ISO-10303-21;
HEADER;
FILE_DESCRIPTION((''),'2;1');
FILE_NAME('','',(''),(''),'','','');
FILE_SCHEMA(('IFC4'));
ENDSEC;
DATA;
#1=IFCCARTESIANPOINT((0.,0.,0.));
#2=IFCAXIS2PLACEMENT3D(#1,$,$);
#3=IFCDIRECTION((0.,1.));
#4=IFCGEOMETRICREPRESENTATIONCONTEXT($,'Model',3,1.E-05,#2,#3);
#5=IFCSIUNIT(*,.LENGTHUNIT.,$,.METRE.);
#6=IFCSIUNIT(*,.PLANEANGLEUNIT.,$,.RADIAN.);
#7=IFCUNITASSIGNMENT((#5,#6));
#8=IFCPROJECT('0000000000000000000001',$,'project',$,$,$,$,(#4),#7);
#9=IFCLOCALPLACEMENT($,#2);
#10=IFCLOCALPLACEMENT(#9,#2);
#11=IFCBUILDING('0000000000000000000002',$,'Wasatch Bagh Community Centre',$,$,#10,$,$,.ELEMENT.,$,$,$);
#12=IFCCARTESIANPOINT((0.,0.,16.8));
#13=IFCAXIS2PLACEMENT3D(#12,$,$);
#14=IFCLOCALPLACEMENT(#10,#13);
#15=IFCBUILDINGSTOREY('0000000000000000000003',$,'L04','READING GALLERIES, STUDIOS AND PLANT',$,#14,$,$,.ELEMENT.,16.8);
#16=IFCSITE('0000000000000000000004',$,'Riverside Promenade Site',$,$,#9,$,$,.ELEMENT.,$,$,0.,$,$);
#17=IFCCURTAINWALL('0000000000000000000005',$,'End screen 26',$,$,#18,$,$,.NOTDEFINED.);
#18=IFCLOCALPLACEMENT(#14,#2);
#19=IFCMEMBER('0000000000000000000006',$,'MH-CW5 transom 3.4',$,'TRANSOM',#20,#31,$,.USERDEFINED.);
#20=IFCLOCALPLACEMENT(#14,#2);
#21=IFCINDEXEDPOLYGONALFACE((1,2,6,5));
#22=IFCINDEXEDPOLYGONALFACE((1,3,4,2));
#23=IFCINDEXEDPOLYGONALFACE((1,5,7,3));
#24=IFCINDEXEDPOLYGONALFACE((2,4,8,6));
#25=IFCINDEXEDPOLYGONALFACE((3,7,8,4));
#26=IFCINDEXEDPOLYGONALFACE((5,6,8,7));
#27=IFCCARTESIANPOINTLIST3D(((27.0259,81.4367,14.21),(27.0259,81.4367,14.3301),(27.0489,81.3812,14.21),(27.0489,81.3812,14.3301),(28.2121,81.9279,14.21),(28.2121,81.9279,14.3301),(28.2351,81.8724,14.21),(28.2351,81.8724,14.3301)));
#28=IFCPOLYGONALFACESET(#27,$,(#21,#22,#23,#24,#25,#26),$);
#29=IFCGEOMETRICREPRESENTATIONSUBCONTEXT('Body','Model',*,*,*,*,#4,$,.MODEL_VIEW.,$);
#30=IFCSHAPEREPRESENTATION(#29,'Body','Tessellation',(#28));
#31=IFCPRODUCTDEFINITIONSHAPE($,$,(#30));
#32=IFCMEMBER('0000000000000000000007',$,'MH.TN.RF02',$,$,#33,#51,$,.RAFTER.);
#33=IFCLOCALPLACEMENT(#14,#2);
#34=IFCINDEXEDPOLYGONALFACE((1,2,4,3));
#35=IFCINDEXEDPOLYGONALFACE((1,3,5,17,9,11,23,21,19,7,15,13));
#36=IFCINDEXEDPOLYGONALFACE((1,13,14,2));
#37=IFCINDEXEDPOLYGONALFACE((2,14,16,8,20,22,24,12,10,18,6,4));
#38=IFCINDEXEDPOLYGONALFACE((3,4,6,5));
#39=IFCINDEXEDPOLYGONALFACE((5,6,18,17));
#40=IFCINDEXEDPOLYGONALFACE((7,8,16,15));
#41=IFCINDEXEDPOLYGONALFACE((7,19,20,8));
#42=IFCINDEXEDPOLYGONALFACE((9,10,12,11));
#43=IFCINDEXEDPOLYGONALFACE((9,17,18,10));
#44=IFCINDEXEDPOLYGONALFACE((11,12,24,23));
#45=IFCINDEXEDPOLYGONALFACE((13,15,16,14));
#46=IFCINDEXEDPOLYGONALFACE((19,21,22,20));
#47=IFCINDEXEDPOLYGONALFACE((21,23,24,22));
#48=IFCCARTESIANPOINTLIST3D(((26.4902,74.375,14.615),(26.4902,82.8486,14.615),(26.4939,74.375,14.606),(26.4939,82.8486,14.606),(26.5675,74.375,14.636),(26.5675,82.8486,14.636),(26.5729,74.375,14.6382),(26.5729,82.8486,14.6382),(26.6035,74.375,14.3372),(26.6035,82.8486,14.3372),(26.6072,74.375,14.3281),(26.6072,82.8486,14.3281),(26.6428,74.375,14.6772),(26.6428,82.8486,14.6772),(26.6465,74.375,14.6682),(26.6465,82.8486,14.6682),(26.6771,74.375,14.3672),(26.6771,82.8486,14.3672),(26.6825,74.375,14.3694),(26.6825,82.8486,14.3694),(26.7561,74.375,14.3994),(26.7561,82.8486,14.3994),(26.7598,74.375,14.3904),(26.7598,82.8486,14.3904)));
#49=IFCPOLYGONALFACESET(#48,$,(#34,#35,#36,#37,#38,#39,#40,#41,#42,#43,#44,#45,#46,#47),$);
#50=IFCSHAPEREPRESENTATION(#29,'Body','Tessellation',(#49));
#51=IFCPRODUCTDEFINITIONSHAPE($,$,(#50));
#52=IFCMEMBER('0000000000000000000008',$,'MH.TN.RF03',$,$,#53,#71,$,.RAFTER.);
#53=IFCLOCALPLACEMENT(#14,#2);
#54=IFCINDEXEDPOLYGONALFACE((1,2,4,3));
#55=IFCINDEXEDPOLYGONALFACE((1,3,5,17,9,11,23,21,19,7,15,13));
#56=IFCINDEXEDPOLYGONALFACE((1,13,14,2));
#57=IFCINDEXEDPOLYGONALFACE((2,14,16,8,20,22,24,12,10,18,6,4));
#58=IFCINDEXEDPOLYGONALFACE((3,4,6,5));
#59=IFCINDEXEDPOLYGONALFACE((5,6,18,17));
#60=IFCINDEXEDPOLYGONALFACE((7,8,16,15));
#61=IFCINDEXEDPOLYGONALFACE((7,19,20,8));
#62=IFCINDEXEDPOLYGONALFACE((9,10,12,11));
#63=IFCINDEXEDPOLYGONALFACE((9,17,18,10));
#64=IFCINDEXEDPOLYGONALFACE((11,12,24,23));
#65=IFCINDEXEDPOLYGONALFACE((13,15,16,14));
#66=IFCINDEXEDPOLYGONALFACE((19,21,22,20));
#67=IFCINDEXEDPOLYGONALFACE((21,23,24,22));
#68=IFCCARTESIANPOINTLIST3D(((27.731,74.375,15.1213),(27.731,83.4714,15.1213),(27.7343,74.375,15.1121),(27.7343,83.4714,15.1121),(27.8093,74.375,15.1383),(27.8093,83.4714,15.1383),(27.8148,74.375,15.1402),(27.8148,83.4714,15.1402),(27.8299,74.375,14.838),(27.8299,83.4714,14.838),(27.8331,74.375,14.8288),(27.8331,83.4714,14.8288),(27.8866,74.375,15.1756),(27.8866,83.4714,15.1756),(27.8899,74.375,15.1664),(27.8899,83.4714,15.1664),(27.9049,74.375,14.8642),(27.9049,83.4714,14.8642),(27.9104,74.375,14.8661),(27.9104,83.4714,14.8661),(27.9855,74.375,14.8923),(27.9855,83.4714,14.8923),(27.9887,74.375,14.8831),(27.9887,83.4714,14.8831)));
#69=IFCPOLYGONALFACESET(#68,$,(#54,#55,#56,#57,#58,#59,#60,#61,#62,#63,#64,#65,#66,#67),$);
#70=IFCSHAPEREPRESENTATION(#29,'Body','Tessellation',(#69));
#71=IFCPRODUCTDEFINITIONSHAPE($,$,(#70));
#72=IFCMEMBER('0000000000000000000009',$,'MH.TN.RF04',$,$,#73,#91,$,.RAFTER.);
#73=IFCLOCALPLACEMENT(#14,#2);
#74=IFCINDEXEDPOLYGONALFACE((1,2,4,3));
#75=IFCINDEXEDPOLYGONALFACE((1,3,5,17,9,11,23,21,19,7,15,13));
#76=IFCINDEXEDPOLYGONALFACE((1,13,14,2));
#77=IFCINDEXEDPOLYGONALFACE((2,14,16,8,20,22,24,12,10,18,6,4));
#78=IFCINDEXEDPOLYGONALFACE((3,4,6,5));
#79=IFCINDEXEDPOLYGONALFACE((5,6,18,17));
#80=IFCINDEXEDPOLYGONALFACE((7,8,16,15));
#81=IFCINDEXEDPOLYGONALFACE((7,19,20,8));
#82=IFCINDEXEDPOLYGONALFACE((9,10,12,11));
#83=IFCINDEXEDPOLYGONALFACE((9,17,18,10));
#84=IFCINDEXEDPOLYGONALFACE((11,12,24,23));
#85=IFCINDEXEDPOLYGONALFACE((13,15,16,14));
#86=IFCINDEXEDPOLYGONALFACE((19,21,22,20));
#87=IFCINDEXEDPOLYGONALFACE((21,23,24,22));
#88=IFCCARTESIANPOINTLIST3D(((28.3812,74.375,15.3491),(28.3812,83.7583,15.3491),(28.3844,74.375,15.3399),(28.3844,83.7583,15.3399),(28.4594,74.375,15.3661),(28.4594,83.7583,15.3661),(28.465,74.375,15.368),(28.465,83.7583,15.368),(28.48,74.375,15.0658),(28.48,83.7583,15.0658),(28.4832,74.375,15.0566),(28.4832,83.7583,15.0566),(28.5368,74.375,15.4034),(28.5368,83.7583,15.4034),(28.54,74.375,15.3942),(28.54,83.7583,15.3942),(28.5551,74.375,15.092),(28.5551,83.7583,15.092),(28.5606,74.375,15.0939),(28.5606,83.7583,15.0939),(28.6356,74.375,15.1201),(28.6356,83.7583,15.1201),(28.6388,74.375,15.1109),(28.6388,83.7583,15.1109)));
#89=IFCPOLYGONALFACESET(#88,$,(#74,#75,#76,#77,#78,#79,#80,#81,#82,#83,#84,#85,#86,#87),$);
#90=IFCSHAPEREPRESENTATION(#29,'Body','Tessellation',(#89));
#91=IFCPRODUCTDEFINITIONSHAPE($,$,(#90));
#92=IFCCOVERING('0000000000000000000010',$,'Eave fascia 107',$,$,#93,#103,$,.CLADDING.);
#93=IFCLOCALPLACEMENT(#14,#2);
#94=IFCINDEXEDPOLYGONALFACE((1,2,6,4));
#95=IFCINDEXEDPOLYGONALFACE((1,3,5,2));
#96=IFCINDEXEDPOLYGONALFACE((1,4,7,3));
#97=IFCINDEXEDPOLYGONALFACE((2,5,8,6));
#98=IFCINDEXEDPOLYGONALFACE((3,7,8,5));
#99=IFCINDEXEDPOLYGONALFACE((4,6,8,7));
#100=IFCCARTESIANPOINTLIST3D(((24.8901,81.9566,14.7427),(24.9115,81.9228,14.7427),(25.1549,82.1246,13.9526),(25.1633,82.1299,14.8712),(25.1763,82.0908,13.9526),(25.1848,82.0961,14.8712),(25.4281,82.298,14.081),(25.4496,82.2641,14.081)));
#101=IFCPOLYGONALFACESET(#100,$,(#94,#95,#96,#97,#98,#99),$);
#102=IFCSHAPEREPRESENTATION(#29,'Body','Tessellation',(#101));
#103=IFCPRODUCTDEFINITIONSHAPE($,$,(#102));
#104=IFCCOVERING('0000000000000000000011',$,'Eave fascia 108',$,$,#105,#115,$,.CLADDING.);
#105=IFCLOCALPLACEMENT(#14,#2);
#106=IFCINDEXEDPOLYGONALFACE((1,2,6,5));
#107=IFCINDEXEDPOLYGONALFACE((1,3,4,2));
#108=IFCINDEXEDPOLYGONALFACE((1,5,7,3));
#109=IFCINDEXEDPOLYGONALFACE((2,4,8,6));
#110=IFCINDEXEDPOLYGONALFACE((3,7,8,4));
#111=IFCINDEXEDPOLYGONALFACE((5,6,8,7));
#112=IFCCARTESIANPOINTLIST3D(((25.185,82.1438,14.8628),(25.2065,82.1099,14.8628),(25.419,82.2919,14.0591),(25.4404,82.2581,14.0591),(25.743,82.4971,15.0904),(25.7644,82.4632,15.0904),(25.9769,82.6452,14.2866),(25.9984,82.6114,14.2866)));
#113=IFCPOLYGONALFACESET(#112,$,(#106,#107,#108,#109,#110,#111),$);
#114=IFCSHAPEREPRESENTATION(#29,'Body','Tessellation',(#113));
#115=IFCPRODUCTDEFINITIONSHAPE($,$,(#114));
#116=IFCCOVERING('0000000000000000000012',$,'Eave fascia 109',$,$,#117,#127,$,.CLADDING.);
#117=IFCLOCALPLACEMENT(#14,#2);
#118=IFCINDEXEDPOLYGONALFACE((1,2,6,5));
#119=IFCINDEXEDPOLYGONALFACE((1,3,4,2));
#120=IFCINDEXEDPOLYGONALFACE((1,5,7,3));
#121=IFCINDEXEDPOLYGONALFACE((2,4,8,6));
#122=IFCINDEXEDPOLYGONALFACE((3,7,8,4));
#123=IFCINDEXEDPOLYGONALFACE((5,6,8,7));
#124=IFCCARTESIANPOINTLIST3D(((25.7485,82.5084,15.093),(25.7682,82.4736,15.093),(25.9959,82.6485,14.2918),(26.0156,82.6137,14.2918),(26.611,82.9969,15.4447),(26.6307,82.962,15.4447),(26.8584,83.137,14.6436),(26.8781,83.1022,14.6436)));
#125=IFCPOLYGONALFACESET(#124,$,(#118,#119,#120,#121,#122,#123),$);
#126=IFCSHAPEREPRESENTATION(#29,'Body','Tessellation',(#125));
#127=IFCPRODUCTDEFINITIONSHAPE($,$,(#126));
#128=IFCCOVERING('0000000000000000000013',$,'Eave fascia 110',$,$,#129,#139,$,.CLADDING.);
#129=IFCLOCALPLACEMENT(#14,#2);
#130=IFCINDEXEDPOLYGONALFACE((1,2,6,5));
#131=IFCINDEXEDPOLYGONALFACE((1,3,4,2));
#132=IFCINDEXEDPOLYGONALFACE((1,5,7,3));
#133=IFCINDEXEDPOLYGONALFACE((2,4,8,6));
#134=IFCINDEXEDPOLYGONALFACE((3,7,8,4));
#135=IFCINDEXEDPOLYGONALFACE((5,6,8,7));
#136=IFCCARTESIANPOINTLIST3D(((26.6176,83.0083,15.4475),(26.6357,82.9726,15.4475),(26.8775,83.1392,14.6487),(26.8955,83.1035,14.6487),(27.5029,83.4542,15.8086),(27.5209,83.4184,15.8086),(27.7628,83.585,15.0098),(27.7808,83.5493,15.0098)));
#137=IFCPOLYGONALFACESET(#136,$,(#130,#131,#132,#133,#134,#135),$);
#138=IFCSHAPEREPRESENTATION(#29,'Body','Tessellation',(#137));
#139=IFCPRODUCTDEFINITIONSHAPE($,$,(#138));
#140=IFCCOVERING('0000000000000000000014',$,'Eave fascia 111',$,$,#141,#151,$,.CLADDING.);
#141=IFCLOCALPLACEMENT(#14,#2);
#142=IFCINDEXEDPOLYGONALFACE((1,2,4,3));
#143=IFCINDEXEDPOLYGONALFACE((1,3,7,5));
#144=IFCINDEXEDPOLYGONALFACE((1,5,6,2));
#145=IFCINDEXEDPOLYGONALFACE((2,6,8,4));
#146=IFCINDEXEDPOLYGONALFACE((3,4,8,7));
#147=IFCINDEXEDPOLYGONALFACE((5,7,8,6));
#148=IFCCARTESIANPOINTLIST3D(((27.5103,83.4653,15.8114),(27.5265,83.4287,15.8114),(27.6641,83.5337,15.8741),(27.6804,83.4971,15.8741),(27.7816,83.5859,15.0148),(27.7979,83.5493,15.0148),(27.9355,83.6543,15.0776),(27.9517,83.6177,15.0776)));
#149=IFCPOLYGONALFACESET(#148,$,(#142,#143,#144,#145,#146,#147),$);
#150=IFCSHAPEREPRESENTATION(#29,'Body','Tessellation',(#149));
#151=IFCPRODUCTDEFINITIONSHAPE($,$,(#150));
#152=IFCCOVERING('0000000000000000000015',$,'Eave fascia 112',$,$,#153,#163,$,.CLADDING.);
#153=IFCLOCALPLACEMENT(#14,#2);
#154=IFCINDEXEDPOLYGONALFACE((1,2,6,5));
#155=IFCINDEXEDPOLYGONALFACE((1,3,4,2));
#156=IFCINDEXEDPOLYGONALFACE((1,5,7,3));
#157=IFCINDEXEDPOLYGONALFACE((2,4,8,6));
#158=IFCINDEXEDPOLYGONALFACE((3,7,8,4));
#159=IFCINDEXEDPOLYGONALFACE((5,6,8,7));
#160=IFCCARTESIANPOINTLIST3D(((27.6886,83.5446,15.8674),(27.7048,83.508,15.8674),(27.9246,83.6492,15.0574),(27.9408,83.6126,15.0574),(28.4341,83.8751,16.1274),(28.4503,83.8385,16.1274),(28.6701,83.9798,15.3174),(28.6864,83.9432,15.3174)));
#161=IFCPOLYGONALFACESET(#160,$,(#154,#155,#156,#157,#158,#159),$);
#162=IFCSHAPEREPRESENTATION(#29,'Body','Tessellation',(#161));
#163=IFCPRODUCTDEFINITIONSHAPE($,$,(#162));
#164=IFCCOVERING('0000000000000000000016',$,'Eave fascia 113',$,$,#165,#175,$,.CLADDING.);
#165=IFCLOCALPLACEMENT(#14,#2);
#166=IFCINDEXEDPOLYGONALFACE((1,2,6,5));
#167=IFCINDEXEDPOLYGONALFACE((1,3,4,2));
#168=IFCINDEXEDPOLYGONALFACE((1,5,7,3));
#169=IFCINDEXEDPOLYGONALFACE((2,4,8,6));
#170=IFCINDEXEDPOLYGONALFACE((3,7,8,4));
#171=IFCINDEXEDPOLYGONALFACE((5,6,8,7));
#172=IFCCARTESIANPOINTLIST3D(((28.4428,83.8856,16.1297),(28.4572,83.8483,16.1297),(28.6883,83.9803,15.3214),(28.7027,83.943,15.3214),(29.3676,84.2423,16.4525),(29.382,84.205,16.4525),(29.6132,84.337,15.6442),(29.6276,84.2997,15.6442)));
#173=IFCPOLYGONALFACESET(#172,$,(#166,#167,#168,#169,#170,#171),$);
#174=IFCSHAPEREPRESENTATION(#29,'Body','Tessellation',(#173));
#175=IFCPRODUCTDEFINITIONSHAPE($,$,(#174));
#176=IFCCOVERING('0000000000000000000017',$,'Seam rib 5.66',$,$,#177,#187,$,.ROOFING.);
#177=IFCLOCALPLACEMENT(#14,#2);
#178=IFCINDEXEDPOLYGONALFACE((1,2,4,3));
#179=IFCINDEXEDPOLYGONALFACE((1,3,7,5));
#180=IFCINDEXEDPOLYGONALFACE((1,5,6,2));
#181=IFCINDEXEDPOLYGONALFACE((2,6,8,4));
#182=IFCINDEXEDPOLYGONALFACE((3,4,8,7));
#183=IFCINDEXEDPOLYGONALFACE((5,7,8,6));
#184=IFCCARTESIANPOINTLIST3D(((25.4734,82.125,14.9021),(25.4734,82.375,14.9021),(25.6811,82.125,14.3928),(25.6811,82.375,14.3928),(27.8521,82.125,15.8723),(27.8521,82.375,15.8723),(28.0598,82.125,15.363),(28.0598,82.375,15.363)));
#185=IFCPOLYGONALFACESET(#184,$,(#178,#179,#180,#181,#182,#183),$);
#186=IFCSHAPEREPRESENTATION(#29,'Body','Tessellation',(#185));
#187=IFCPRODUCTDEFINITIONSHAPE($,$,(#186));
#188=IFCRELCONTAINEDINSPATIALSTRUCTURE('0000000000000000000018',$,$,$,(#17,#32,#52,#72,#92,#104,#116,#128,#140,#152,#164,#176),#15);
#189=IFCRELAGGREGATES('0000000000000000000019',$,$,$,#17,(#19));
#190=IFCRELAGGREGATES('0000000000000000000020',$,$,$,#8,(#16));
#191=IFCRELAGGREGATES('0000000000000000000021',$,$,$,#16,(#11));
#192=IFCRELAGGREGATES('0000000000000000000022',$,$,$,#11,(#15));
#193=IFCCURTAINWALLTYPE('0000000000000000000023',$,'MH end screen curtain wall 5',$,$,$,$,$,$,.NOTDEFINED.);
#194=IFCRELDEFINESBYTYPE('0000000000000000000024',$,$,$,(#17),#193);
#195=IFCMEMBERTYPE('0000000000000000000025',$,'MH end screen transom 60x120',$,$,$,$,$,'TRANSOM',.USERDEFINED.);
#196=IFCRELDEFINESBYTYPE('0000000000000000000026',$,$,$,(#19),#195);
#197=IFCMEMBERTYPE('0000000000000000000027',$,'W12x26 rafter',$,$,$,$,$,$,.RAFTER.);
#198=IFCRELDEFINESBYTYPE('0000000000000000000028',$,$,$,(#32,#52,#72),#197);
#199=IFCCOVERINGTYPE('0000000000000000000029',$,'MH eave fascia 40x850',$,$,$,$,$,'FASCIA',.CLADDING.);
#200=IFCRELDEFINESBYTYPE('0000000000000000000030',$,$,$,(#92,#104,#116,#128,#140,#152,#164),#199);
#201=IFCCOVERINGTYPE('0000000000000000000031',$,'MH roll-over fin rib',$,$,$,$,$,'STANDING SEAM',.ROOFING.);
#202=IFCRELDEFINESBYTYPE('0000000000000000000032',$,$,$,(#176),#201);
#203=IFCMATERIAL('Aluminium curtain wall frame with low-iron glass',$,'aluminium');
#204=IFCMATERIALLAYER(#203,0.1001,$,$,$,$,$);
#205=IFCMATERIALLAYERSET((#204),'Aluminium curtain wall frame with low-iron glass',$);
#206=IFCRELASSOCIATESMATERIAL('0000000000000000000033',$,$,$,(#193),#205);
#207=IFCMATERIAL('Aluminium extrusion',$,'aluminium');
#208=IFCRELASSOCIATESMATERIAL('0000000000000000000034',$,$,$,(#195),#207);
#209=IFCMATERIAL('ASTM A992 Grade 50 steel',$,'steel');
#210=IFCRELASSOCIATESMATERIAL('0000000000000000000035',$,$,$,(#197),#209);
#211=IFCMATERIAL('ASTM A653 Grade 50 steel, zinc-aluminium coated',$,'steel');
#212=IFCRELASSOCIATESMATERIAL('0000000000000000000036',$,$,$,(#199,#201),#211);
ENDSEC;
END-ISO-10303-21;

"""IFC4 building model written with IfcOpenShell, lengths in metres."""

from ifc_helpers import new_model, si_unit, direction, frame, origin, origin_2d, place, context, subcontext, project, spatial, polyline, rectangle, i_section, outline, extrude, material, layer, layer_set, material_profile, profile_set, type_object, element, aggregate, save


model = new_model("IFC4")

# Units and contexts
model_context = context("Model", 3, precision=1e-05, world=origin(), true_north=direction((0.0, 1.0)))
body_context = subcontext(model_context, "Body", "Model", "MODEL_VIEW")
ifc_project = project(units=[si_unit("LENGTHUNIT", "METRE"), si_unit("PLANEANGLEUNIT", "RADIAN")], contexts=[model_context])

# Site, building, storey
site_placement = place(None, origin())
site = spatial("IfcSite", under=ifc_project, at=site_placement, Name="Riverside Promenade Site", CompositionType="ELEMENT", RefElevation=0.0)
building_placement = place(site_placement, origin())
building = spatial("IfcBuilding", under=site, at=building_placement, Name="Wasatch Bagh Community Centre", CompositionType="ELEMENT")
storey_placement = place(building_placement, frame((0.0, 0.0, 16.8)))
storey = spatial("IfcBuildingStorey", under=building, at=storey_placement, Name="L04", Description="READING GALLERIES, STUDIOS AND PLANT", CompositionType="ELEMENT", Elevation=16.8)

# Curtain wall, member
ifc_material_1 = material(Name="Aluminium curtain wall frame with low-iron glass", Category="aluminium")
ifc_layer_1 = layer(ifc_material_1, 0.1001)
ifc_layer_set_1 = layer_set([ifc_layer_1], Name="Aluminium curtain wall frame with low-iron glass")
curtain_wall_type = type_object("IfcCurtainWallType", Name="MH end screen curtain wall 5", PredefinedType="NOTDEFINED", material=ifc_layer_set_1)
curtain_wall_placement = place(storey_placement, origin())
curtain_wall = element("IfcCurtainWall", 1, at=curtain_wall_placement, inside=storey, type_object=curtain_wall_type, Name="End screen 26", PredefinedType="NOTDEFINED")
ifc_material_2 = material(Name="Aluminium extrusion", Category="aluminium")
ifc_material_profile_1 = material_profile(ifc_material_2, rectangle(XDim=0.0601, YDim=0.1201, at=origin_2d()), Name="AL 60x120")
ifc_profile_set_1 = profile_set([ifc_material_profile_1], Name="Aluminium extrusion")
member_type_1 = type_object("IfcMemberType", Name="MH end screen transom 60x120", ElementType="TRANSOM", PredefinedType="USERDEFINED", material=ifc_profile_set_1)
member_1_placement = place(storey_placement, frame((28.2236, 81.9001, 14.27), z_axis=(-0.923924, -0.382576, 0.0), x_axis=(0.382576, -0.923924, 0.0)))
member_1 = element("IfcMember", 2, at=member_1_placement, type_object=member_type_1, Name="MH-CW5 transom 3.4", ObjectType="TRANSOM", PredefinedType="USERDEFINED", context=body_context, shape_type="SweptSolid", body=[
    extrude(rectangle(XDim=0.0601, YDim=0.1201, at=origin_2d()), origin(), (0.0, 0.0, 1.0), 1.2839),
])
aggregate(curtain_wall, [member_1])

# Members
ifc_material_3 = material(Name="ASTM A992 Grade 50 steel", Category="steel")
ifc_material_profile_2 = material_profile(ifc_material_3, i_section(OverallWidth=0.1648, OverallDepth=0.3098, WebThickness=0.0059, FlangeThickness=0.0098, at=origin_2d()), Name="W12x26")
ifc_profile_set_2 = profile_set([ifc_material_profile_2], Name="ASTM A992 Grade 50 steel")
member_type_2 = type_object("IfcMemberType", Name="W12x26 rafter", PredefinedType="RAFTER", material=ifc_profile_set_2)
member_2_placement = place(storey_placement, frame((26.625, 82.8486, 14.5027), z_axis=(0.0, -1.0, 0.0), x_axis=(0.925934, 0.0, 0.377686)))
element("IfcMember", 3, at=member_2_placement, inside=storey, type_object=member_type_2, Name="MH.TN.RF02", PredefinedType="RAFTER", context=body_context, shape_type="SweptSolid", body=[
    extrude(i_section(OverallWidth=0.1648, OverallDepth=0.3098, WebThickness=0.0059, FlangeThickness=0.0098, at=origin_2d()), origin(), (0.0, 0.0, 1.0), 8.4736),
])
member_3_placement = place(storey_placement, frame((27.8599, 83.4714, 15.0022), z_axis=(0.0, -1.0, 0.0), x_axis=(0.944194, 0.0, 0.329389)))
element("IfcMember", 4, at=member_3_placement, inside=storey, type_object=member_type_2, Name="MH.TN.RF03", PredefinedType="RAFTER", context=body_context, shape_type="SweptSolid", body=[
    extrude(i_section(OverallWidth=0.1648, OverallDepth=0.3098, WebThickness=0.0059, FlangeThickness=0.0098, at=origin_2d()), origin(), (0.0, 0.0, 1.0), 9.0964),
])
member_4_placement = place(storey_placement, frame((28.51, 83.7583, 15.23), z_axis=(0.0, -1.0, 0.0), x_axis=(0.944194, 0.0, 0.329389)))
element("IfcMember", 5, at=member_4_placement, inside=storey, type_object=member_type_2, Name="MH.TN.RF04", PredefinedType="RAFTER", context=body_context, shape_type="SweptSolid", body=[
    extrude(i_section(OverallWidth=0.1648, OverallDepth=0.3098, WebThickness=0.0059, FlangeThickness=0.0098, at=origin_2d()), origin(), (0.0, 0.0, 1.0), 9.3833),
])

# Coverings
ifc_material_4 = material(Name="ASTM A653 Grade 50 steel, zinc-aluminium coated", Category="steel")
ifc_material_profile_3 = material_profile(ifc_material_4, rectangle(XDim=0.04, YDim=0.8501, at=origin_2d()), Name="FASCIA 40x850")
ifc_profile_set_3 = profile_set([ifc_material_profile_3], Name="ASTM A653 Grade 50 steel, zinc-aluminium coated")
covering_type_1 = type_object("IfcCoveringType", Name="MH eave fascia 40x850", ElementType="FASCIA", PredefinedType="CLADDING", material=ifc_profile_set_3)
covering_1_placement = place(storey_placement, frame((25.0332, 82.0237, 14.3477), z_axis=(0.784817, 0.497962, 0.368913), x_axis=(-0.535752, 0.844375, 0.0)))
element("IfcCovering", 6, at=covering_1_placement, inside=storey, type_object=covering_type_1, Name="Eave fascia 107", PredefinedType="CLADDING", context=body_context, shape_type="SweptSolid", body=[
    extrude(rectangle(XDim=0.04, YDim=0.8501, at=origin_2d()), origin(), (0.0, 0.0, 1.0), 0.3481),
])
covering_2_placement = place(storey_placement, frame((25.3127, 82.2009, 14.4609), z_axis=(0.798753, 0.505819, 0.325793), x_axis=(-0.535008, 0.844847, 0.0)))
element("IfcCovering", 7, at=covering_2_placement, inside=storey, type_object=covering_type_1, Name="Eave fascia 108", PredefinedType="CLADDING", context=body_context, shape_type="SweptSolid", body=[
    extrude(rectangle(XDim=0.04, YDim=0.8501, at=origin_2d()), origin(), (0.0, 0.0, 1.0), 0.6985),
])
covering_3_placement = place(storey_placement, frame((25.8821, 82.561, 14.6924), z_axis=(0.82002, 0.464438, 0.334461), x_axis=(-0.49282, 0.870131, 0.0)))
element("IfcCovering", 8, at=covering_3_placement, inside=storey, type_object=covering_type_1, Name="Eave fascia 109", PredefinedType="CLADDING", context=body_context, shape_type="SweptSolid", body=[
    extrude(rectangle(XDim=0.04, YDim=0.8501, at=origin_2d()), origin(), (0.0, 0.0, 1.0), 1.0518),
])
covering_4_placement = place(storey_placement, frame((26.7566, 83.0559, 15.0481), z_axis=(0.83919, 0.422604, 0.342295), x_axis=(-0.449773, 0.893143, 0.0)))
element("IfcCovering", 9, at=covering_4_placement, inside=storey, type_object=covering_type_1, Name="Eave fascia 110", PredefinedType="CLADDING", context=body_context, shape_type="SweptSolid", body=[
    extrude(rectangle(XDim=0.04, YDim=0.8501, at=origin_2d()), origin(), (0.0, 0.0, 1.0), 1.0549),
])
covering_5_placement = place(storey_placement, frame((27.6541, 83.5073, 15.4131), z_axis=(0.856253, 0.380557, 0.349297), x_axis=(-0.406138, 0.913812, 0.0)))
element("IfcCovering", 10, at=covering_5_placement, inside=storey, type_object=covering_type_1, Name="Eave fascia 111", PredefinedType="CLADDING", context=body_context, shape_type="SweptSolid", body=[
    extrude(rectangle(XDim=0.04, YDim=0.8501, at=origin_2d()), origin(), (0.0, 0.0, 1.0), 0.1797),
])
covering_6_placement = place(storey_placement, frame((27.8147, 83.5786, 15.4624), z_axis=(0.870992, 0.386157, 0.303735), x_axis=(-0.405305, 0.914181, 0.0)))
element("IfcCovering", 11, at=covering_6_placement, inside=storey, type_object=covering_type_1, Name="Eave fascia 112", PredefinedType="CLADDING", context=body_context, shape_type="SweptSolid", body=[
    extrude(rectangle(XDim=0.04, YDim=0.8501, at=origin_2d()), origin(), (0.0, 0.0, 1.0), 0.856),
])
covering_7_placement = place(storey_placement, frame((28.5728, 83.9143, 15.7256), z_axis=(0.887162, 0.342171, 0.309617), x_axis=(-0.359854, 0.933009, 0.0)))
element("IfcCovering", 12, at=covering_7_placement, inside=storey, type_object=covering_type_1, Name="Eave fascia 113", PredefinedType="CLADDING", context=body_context, shape_type="SweptSolid", body=[
    extrude(rectangle(XDim=0.04, YDim=0.8501, at=origin_2d()), origin(), (0.0, 0.0, 1.0), 1.0425),
])
covering_type_2 = type_object("IfcCoveringType", Name="MH roll-over fin rib", ElementType="STANDING SEAM", PredefinedType="ROOFING", material=ifc_material_4)
covering_8_placement = place(storey_placement, frame((25.4734, 82.125, 14.9021), z_axis=(-0.377674, 0.0, 0.925939), x_axis=(0.925939, 0.0, 0.377674)))
element("IfcCovering", 13, at=covering_8_placement, inside=storey, type_object=covering_type_2, Name="Seam rib 5.66", PredefinedType="ROOFING", context=body_context, shape_type="SweptSolid", body=[
    extrude(outline(polyline([(0.0, 0.0), (2.5689, 0.0), (2.5689, 0.25), (0.0, 0.25), (0.0, 0.0)])), origin(), (0.0, 0.0, -1.0), 0.55),
])

save(model, "model.ifc")
